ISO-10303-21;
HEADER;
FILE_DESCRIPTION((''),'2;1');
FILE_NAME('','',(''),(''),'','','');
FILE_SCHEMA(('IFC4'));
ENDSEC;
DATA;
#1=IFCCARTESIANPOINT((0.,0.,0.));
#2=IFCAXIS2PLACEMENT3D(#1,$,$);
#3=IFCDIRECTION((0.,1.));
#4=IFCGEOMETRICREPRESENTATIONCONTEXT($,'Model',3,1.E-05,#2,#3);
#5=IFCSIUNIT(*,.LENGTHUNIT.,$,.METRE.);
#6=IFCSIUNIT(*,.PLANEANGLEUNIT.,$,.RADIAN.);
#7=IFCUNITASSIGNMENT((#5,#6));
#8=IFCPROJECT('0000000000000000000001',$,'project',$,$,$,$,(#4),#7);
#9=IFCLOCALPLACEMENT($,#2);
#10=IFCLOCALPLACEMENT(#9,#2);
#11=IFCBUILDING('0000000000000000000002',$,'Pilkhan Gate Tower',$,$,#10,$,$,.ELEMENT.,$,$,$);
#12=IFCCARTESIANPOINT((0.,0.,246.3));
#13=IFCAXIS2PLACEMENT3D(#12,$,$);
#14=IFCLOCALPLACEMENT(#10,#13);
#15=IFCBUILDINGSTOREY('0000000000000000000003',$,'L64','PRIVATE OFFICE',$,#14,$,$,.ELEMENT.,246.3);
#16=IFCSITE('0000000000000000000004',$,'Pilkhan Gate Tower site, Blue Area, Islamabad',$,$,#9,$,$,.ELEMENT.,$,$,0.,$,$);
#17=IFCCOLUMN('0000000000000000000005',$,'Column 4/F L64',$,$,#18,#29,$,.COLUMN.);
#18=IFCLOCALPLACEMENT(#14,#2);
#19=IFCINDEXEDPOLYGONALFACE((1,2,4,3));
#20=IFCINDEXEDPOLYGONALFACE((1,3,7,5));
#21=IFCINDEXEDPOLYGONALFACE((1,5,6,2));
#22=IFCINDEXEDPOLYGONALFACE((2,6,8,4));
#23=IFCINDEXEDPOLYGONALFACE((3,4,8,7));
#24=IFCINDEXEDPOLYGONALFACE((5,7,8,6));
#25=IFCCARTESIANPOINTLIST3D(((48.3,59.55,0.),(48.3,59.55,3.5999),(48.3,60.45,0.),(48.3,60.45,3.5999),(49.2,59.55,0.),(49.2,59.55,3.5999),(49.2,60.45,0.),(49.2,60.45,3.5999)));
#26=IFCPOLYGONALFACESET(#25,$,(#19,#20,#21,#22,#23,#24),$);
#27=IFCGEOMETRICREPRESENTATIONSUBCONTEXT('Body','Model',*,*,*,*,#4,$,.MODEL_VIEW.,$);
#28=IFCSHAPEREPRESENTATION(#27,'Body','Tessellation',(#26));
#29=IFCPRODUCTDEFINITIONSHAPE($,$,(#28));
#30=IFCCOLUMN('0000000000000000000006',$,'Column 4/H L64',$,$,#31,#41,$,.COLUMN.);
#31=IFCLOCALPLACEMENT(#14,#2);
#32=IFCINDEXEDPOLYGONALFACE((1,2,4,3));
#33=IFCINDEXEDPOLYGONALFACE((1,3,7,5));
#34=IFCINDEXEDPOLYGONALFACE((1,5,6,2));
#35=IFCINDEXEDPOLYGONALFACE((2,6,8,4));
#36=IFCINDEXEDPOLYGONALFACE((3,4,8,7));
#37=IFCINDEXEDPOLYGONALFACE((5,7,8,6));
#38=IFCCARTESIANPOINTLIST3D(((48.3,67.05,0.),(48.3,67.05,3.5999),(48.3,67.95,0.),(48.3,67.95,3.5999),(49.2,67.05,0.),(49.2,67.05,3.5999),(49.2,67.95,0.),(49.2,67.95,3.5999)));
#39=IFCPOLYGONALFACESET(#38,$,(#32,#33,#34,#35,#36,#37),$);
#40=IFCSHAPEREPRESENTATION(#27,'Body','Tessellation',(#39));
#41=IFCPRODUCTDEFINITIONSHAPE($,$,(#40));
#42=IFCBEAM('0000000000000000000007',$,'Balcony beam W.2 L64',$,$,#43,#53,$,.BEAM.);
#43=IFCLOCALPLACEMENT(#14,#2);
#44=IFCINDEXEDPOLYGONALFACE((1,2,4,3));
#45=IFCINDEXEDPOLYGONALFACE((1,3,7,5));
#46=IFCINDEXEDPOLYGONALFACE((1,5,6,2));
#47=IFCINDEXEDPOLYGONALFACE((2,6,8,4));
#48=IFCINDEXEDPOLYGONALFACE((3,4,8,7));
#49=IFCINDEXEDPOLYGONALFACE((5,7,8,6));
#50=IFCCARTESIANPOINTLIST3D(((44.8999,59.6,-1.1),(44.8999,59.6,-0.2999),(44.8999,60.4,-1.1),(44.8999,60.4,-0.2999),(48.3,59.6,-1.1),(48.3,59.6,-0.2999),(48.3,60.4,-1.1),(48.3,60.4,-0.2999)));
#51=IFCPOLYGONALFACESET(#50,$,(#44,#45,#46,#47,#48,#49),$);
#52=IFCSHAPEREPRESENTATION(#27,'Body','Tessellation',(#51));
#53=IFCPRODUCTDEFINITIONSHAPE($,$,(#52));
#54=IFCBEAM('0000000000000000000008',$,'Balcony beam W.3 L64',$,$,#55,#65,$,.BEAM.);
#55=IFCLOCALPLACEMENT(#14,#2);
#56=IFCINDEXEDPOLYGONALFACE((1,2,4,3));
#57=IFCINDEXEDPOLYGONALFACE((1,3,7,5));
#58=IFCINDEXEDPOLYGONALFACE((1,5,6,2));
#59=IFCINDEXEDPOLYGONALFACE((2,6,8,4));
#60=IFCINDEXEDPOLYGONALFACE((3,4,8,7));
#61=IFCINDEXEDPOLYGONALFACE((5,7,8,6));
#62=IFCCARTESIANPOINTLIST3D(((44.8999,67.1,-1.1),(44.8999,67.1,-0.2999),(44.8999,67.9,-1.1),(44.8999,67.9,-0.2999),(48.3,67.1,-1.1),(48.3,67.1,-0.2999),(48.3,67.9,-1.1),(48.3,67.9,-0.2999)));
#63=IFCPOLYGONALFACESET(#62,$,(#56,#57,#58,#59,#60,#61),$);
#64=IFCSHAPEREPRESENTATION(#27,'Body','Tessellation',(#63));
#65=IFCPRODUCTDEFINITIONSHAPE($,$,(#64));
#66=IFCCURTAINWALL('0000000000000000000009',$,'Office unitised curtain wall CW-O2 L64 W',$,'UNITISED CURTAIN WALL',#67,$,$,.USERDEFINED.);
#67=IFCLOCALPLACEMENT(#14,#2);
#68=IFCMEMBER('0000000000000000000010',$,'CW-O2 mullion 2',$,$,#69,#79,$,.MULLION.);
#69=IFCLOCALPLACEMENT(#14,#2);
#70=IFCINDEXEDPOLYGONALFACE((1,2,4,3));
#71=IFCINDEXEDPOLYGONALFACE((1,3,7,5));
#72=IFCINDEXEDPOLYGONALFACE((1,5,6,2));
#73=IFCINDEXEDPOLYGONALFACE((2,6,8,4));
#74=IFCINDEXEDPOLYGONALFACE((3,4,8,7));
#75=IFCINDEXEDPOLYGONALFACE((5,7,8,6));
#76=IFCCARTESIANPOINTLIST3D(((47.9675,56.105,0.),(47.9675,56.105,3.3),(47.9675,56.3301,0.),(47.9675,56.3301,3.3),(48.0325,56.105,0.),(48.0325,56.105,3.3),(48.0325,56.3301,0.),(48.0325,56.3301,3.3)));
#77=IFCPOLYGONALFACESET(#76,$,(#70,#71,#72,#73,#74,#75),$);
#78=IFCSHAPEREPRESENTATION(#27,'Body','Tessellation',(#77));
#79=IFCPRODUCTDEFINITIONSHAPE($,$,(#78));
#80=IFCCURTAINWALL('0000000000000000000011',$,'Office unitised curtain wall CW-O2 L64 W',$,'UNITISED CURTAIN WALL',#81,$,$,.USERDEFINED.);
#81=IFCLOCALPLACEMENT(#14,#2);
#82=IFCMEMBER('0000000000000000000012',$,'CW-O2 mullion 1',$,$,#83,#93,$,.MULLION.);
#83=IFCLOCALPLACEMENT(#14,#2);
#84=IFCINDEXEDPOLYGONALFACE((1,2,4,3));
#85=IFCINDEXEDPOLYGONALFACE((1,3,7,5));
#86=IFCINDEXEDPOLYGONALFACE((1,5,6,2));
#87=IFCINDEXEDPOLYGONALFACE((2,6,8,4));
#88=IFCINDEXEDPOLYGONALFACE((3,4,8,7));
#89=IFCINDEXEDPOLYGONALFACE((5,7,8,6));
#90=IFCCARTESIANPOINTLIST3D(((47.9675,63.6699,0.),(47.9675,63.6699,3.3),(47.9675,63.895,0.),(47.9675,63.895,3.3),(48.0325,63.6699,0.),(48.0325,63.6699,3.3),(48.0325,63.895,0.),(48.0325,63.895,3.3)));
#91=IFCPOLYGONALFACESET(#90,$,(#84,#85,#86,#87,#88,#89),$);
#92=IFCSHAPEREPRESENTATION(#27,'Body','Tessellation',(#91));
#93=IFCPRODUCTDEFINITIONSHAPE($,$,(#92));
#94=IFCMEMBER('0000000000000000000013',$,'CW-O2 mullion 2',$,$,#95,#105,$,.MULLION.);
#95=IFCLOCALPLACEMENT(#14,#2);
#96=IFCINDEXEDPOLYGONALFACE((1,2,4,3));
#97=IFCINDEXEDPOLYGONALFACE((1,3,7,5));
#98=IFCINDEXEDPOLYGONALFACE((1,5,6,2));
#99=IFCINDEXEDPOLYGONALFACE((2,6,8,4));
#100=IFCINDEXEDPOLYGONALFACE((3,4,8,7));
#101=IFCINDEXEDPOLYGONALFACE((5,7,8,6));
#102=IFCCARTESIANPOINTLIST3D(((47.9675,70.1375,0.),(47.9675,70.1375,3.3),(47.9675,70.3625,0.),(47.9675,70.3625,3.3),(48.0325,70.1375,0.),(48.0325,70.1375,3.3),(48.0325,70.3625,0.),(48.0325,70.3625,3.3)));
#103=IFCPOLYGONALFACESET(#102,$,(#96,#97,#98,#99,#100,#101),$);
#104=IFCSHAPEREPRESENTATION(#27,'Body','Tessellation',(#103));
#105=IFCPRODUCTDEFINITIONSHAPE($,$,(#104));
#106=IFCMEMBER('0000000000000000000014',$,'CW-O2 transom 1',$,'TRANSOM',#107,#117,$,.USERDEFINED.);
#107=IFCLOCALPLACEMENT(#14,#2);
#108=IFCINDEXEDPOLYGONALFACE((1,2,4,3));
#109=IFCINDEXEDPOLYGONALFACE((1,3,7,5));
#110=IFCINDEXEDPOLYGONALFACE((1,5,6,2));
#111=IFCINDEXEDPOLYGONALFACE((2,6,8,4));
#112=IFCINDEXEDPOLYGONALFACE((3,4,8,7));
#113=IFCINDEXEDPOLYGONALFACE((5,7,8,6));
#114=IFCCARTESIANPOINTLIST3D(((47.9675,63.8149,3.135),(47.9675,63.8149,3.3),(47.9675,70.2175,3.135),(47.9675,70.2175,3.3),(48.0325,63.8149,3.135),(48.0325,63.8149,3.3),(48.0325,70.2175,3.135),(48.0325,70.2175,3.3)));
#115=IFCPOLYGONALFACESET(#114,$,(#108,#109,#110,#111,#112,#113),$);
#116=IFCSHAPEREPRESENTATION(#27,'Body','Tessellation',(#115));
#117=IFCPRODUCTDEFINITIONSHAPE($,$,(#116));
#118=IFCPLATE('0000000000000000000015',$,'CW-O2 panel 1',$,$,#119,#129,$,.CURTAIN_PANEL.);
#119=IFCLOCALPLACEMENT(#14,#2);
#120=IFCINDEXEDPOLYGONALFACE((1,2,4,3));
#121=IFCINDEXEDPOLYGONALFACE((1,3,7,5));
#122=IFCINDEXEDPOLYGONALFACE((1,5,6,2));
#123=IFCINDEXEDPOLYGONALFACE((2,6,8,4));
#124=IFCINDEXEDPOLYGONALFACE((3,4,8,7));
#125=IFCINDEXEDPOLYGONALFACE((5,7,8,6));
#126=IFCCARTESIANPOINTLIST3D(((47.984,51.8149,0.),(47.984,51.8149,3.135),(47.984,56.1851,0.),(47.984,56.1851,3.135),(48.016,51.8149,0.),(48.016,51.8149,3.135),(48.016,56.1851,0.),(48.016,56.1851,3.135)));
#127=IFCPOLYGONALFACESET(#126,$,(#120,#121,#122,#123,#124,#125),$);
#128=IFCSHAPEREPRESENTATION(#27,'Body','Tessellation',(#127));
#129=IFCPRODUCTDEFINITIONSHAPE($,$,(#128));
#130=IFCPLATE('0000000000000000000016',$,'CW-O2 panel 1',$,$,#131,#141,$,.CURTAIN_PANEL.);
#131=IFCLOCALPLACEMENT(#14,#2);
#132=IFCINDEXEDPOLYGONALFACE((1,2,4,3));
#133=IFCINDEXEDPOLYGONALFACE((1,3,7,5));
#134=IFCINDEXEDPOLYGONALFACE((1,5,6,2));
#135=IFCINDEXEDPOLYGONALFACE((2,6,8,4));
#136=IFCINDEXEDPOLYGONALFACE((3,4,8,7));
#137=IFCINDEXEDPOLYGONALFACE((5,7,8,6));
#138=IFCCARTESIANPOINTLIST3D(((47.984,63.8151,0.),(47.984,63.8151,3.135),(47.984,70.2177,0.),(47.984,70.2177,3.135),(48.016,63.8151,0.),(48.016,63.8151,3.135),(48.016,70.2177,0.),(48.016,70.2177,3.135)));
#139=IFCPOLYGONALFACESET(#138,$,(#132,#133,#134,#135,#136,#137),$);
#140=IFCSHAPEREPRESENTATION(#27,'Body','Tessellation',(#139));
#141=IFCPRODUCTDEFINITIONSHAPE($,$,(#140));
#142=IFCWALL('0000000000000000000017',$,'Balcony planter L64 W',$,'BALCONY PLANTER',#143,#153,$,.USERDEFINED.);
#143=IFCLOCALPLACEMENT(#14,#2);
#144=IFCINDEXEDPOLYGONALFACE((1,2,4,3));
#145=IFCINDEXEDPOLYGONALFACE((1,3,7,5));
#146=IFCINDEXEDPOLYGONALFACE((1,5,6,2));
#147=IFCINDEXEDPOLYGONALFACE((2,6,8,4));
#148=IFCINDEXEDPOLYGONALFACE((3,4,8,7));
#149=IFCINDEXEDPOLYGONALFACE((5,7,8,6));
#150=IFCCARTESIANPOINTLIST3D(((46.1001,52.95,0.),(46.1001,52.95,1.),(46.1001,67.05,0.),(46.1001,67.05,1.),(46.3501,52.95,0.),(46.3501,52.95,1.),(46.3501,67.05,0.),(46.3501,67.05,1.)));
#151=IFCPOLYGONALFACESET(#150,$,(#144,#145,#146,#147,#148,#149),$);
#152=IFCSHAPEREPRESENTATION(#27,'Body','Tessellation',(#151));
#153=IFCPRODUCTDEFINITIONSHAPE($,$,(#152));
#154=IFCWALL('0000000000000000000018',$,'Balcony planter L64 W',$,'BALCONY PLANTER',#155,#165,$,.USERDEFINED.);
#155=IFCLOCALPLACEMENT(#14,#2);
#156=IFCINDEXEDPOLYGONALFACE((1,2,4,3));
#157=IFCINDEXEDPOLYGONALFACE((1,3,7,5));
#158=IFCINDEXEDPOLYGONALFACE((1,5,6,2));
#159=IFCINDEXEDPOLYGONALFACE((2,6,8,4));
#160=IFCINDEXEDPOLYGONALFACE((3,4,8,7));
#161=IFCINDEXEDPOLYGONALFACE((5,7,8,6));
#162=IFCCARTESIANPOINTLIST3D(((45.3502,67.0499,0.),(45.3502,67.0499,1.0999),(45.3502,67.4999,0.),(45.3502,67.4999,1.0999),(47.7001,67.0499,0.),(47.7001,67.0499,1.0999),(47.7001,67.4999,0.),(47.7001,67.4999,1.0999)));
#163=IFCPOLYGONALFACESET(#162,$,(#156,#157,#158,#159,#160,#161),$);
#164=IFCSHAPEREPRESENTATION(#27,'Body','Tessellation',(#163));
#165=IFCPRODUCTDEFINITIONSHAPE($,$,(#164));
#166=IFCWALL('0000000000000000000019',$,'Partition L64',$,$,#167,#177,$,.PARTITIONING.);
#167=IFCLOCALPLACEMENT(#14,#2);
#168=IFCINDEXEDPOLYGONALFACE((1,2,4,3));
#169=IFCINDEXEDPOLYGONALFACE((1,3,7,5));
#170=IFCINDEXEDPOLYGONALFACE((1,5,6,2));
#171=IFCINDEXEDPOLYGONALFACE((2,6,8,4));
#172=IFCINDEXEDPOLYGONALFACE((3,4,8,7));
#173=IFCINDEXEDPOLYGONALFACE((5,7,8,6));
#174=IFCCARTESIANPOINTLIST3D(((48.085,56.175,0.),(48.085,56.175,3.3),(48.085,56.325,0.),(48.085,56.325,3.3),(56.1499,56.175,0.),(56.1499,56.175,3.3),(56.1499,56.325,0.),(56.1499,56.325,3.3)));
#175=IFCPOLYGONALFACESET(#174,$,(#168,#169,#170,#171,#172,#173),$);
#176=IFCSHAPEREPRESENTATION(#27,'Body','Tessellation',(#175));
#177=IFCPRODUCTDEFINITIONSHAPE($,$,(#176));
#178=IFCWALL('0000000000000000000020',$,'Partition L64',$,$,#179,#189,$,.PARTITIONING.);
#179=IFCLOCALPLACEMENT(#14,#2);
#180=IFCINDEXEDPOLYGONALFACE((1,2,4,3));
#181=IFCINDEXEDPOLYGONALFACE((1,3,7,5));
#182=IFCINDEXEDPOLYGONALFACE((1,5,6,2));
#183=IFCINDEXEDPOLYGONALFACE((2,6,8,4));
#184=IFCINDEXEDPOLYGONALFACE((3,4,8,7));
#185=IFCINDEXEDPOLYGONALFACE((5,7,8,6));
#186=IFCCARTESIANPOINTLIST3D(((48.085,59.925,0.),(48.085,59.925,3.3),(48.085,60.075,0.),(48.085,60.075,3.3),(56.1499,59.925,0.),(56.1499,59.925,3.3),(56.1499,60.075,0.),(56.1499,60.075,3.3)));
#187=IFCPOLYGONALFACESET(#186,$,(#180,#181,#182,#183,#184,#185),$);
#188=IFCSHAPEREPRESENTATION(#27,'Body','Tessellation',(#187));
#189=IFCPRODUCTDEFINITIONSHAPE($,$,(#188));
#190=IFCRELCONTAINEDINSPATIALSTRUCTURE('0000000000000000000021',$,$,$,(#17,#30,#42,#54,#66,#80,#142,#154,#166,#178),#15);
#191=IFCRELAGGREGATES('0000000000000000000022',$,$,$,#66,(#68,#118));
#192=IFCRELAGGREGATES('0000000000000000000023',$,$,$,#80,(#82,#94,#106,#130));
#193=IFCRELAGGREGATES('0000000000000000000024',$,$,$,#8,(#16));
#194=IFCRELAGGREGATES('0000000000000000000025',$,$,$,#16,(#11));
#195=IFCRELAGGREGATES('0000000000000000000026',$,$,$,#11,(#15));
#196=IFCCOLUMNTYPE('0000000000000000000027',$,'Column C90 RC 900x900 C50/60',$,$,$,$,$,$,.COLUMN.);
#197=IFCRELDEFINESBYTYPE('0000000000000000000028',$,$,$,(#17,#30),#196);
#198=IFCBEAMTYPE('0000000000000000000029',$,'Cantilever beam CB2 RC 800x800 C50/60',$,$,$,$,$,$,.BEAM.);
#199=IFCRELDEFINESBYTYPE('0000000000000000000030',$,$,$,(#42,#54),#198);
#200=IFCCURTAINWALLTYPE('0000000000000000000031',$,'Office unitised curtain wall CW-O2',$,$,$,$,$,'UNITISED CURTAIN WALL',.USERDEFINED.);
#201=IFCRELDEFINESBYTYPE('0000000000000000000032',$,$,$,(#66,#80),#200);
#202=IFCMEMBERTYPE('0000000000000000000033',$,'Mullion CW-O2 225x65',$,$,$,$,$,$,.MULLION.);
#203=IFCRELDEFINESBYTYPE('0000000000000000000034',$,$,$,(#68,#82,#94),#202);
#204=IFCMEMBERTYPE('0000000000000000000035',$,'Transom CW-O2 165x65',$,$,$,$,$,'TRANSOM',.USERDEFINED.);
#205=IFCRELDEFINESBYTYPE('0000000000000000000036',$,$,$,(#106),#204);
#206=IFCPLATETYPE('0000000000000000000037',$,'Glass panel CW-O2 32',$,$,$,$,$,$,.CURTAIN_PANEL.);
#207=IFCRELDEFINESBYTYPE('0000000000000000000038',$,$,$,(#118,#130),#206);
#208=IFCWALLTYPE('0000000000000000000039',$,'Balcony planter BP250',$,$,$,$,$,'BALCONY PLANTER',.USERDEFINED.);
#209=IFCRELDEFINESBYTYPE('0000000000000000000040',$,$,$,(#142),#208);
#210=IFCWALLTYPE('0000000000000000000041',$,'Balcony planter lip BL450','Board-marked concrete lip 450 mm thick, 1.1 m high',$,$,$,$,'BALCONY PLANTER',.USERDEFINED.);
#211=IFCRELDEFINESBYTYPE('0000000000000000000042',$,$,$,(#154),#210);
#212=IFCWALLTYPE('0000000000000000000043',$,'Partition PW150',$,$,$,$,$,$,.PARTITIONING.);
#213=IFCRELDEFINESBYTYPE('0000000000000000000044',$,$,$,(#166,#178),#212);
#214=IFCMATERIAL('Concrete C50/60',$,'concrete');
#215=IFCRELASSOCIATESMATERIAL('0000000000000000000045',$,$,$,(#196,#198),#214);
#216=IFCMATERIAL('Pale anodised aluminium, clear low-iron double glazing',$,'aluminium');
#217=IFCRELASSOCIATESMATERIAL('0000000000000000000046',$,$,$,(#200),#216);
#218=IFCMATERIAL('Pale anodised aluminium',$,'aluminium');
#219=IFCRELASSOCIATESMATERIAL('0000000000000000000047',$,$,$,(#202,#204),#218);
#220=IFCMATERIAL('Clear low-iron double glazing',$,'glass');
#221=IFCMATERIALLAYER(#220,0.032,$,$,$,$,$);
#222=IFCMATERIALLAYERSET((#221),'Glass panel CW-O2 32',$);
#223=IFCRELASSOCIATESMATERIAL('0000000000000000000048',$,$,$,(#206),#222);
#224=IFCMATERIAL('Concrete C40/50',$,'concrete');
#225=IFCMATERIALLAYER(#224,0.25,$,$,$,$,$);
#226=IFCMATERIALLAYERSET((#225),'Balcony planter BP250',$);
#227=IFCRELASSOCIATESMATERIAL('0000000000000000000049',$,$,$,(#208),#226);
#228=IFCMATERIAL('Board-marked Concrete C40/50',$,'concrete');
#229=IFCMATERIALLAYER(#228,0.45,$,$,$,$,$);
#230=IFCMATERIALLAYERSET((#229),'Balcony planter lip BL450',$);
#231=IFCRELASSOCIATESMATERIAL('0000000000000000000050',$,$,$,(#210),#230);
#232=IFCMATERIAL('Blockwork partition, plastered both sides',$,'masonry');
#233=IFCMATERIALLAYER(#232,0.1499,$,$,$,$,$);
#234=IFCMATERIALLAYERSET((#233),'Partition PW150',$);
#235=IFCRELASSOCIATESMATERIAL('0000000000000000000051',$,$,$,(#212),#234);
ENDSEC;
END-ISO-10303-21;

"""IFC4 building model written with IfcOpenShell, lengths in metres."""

from ifc_helpers import new_model, si_unit, direction, frame, frame_2d, origin, origin_2d, place, context, subcontext, project, spatial, rectangle, extrude, material, layer, layer_set, material_profile, profile_set, type_object, element, aggregate, save


model = new_model("IFC4")

# Units and contexts
model_context = context("Model", 3, precision=1e-05, world=origin(), true_north=direction((0.0, 1.0)))
body_context = subcontext(model_context, "Body", "Model", "MODEL_VIEW")
ifc_project = project(units=[si_unit("LENGTHUNIT", "METRE"), si_unit("PLANEANGLEUNIT", "RADIAN")], contexts=[model_context])

# Site, building, storey
site_placement = place(None, origin())
site = spatial("IfcSite", under=ifc_project, at=site_placement, Name="Pilkhan Gate Tower site, Blue Area, Islamabad", CompositionType="ELEMENT", RefElevation=0.0)
building_placement = place(site_placement, origin())
building = spatial("IfcBuilding", under=site, at=building_placement, Name="Pilkhan Gate Tower", CompositionType="ELEMENT")
storey_placement = place(building_placement, frame((0.0, 0.0, 246.3)))
storey = spatial("IfcBuildingStorey", under=building, at=storey_placement, Name="L64", Description="PRIVATE OFFICE", CompositionType="ELEMENT", Elevation=246.3)

# Columns
ifc_material_1 = material(Name="Concrete C50/60", Category="concrete")
ifc_material_profile_1 = material_profile(ifc_material_1, rectangle(XDim=0.8999, YDim=0.8999, at=origin_2d()), Name="RC 900x900")
ifc_profile_set_1 = profile_set([ifc_material_profile_1], Name="Concrete C50/60")
column_type = type_object("IfcColumnType", Name="Column C90 RC 900x900 C50/60", PredefinedType="COLUMN", material=ifc_profile_set_1)
for number, where, z_axis, x_axis, name in (
    (1, (48.75, 60.0, 0.0), (0.0, 0.0, 1.0), (1.0, 0.0, 0.0), "Column 4/F L64"),
    (2, (48.75, 67.5, 0.0), (0.0, 0.0, 1.0), (1.0, 0.0, 0.0), "Column 4/H L64"),
):
    element("IfcColumn", number, at=place(storey_placement, frame(where, z_axis=z_axis, x_axis=x_axis)), inside=storey, type_object=column_type, Name=name, PredefinedType="COLUMN", context=body_context, shape_type="SweptSolid", body=[
        extrude(rectangle(XDim=0.8999, YDim=0.8999, at=origin_2d()), origin(), (0.0, 0.0, 1.0), 3.5999),
    ])

# Beams
ifc_material_profile_2 = material_profile(ifc_material_1, rectangle(XDim=0.8, YDim=0.8, at=origin_2d()), Name="RC 800x800")
ifc_profile_set_2 = profile_set([ifc_material_profile_2], Name="Concrete C50/60")
beam_type = type_object("IfcBeamType", Name="Cantilever beam CB2 RC 800x800 C50/60", PredefinedType="BEAM", material=ifc_profile_set_2)
for number, where, z_axis, x_axis, name in (
    (3, (48.3, 60.0, -0.7), (-1.0, 0.0, 0.0), (0.0, -1.0, 0.0), "Balcony beam W.2 L64"),
    (4, (48.3, 67.5, -0.7), (-1.0, 0.0, 0.0), (0.0, -1.0, 0.0), "Balcony beam W.3 L64"),
):
    element("IfcBeam", number, at=place(storey_placement, frame(where, z_axis=z_axis, x_axis=x_axis)), inside=storey, type_object=beam_type, Name=name, PredefinedType="BEAM", context=body_context, shape_type="SweptSolid", body=[
        extrude(rectangle(XDim=0.8, YDim=0.8, at=origin_2d()), origin(), (0.0, 0.0, 1.0), 3.4001),
    ])

# Curtain wall, member
ifc_material_2 = material(Name="Pale anodised aluminium, clear low-iron double glazing", Category="aluminium")
curtain_wall_type = type_object("IfcCurtainWallType", Name="Office unitised curtain wall CW-O2", ElementType="UNITISED CURTAIN WALL", PredefinedType="USERDEFINED", material=ifc_material_2)
curtain_wall_1_placement = place(storey_placement, origin())
curtain_wall_1 = element("IfcCurtainWall", 5, at=curtain_wall_1_placement, inside=storey, type_object=curtain_wall_type, Name="Office unitised curtain wall CW-O2 L64 W", ObjectType="UNITISED CURTAIN WALL", PredefinedType="USERDEFINED")
ifc_material_3 = material(Name="Pale anodised aluminium", Category="aluminium")
ifc_material_profile_3 = material_profile(ifc_material_3, rectangle(XDim=0.0649, YDim=0.2251, at=origin_2d()), Name="Mullion 225x65")
ifc_profile_set_3 = profile_set([ifc_material_profile_3], Name="Pale anodised aluminium")
member_type_1 = type_object("IfcMemberType", Name="Mullion CW-O2 225x65", PredefinedType="MULLION", material=ifc_profile_set_3)
member_1_placement = place(storey_placement, frame((48.0, 56.2175, 0.0), z_axis=(0.0, 0.0, 1.0), x_axis=(-1.0, 0.0, 0.0)))
member_1 = element("IfcMember", 6, at=member_1_placement, type_object=member_type_1, Name="CW-O2 mullion 2", PredefinedType="MULLION", context=body_context, shape_type="SweptSolid", body=[
    extrude(rectangle(XDim=0.0649, YDim=0.2251, at=origin_2d()), origin(), (0.0, 0.0, 1.0), 3.3),
])

# Curtain wall, members
curtain_wall_2_placement = place(storey_placement, origin())
curtain_wall_2 = element("IfcCurtainWall", 7, at=curtain_wall_2_placement, inside=storey, type_object=curtain_wall_type, Name="Office unitised curtain wall CW-O2 L64 W", ObjectType="UNITISED CURTAIN WALL", PredefinedType="USERDEFINED")
member_2_placement = place(storey_placement, frame((48.0, 63.7825, 0.0), z_axis=(0.0, 0.0, 1.0), x_axis=(-1.0, 0.0, 0.0)))
member_2 = element("IfcMember", 8, at=member_2_placement, type_object=member_type_1, Name="CW-O2 mullion 1", PredefinedType="MULLION", context=body_context, shape_type="SweptSolid", body=[
    extrude(rectangle(XDim=0.0649, YDim=0.2251, at=origin_2d()), origin(), (0.0, 0.0, 1.0), 3.3),
])
member_3_placement = place(storey_placement, frame((48.0, 70.25, 0.0), z_axis=(0.0, 0.0, 1.0), x_axis=(-1.0, 0.0, 0.0)))
member_3 = element("IfcMember", 9, at=member_3_placement, type_object=member_type_1, Name="CW-O2 mullion 2", PredefinedType="MULLION", context=body_context, shape_type="SweptSolid", body=[
    extrude(rectangle(XDim=0.0649, YDim=0.2251, at=origin_2d()), origin(), (0.0, 0.0, 1.0), 3.3),
])
ifc_material_profile_4 = material_profile(ifc_material_3, rectangle(XDim=0.0649, YDim=0.165, at=origin_2d()), Name="Transom 165x65")
ifc_profile_set_4 = profile_set([ifc_material_profile_4], Name="Pale anodised aluminium")
member_type_2 = type_object("IfcMemberType", Name="Transom CW-O2 165x65", ElementType="TRANSOM", PredefinedType="USERDEFINED", material=ifc_profile_set_4)
member_4_placement = place(storey_placement, frame((48.0, 63.8149, 3.2175), z_axis=(0.0, 1.0, 0.0), x_axis=(-1.0, 0.0, 0.0)))
member_4 = element("IfcMember", 10, at=member_4_placement, type_object=member_type_2, Name="CW-O2 transom 1", ObjectType="TRANSOM", PredefinedType="USERDEFINED", context=body_context, shape_type="SweptSolid", body=[
    extrude(rectangle(XDim=0.0649, YDim=0.165, at=origin_2d()), origin(), (0.0, 0.0, 1.0), 6.4026),
])

# Plates
ifc_material_4 = material(Name="Clear low-iron double glazing", Category="glass")
ifc_layer_1 = layer(ifc_material_4, 0.032)
ifc_layer_set_1 = layer_set([ifc_layer_1], Name="Glass panel CW-O2 32")
plate_type = type_object("IfcPlateType", Name="Glass panel CW-O2 32", PredefinedType="CURTAIN_PANEL", material=ifc_layer_set_1)
plate_1_placement = place(storey_placement, frame((48.0, 54.0, 0.0), z_axis=(0.0, 0.0, 1.0), x_axis=(0.0, 1.0, 0.0)))
plate_1 = element("IfcPlate", 11, at=plate_1_placement, type_object=plate_type, Name="CW-O2 panel 1", PredefinedType="CURTAIN_PANEL", context=body_context, shape_type="SweptSolid", body=[
    extrude(rectangle(XDim=4.3701, YDim=0.032, at=origin_2d()), origin(), (0.0, 0.0, 1.0), 3.135),
])
aggregate(curtain_wall_1, [member_1, plate_1])
plate_2_placement = place(storey_placement, frame((48.0, 67.0164, 0.0), z_axis=(0.0, 0.0, 1.0), x_axis=(0.0, 1.0, 0.0)))
plate_2 = element("IfcPlate", 12, at=plate_2_placement, type_object=plate_type, Name="CW-O2 panel 1", PredefinedType="CURTAIN_PANEL", context=body_context, shape_type="SweptSolid", body=[
    extrude(rectangle(XDim=6.4026, YDim=0.032, at=origin_2d()), origin(), (0.0, 0.0, 1.0), 3.135),
])
aggregate(curtain_wall_2, [member_2, member_3, member_4, plate_2])

# Walls
ifc_material_5 = material(Name="Concrete C40/50", Category="concrete")
ifc_layer_2 = layer(ifc_material_5, 0.25)
ifc_layer_set_2 = layer_set([ifc_layer_2], Name="Balcony planter BP250")
wall_type_1 = type_object("IfcWallType", Name="Balcony planter BP250", ElementType="BALCONY PLANTER", PredefinedType="USERDEFINED", material=ifc_layer_set_2)
wall_1_placement = place(storey_placement, frame((46.2251, 52.95, 0.0), z_axis=(0.0, 0.0, 1.0), x_axis=(0.0, 1.0, 0.0)))
element("IfcWall", 13, at=wall_1_placement, inside=storey, type_object=wall_type_1, Name="Balcony planter L64 W", ObjectType="BALCONY PLANTER", PredefinedType="USERDEFINED", context=body_context, shape_type="SweptSolid", body=[
    extrude(rectangle(XDim=14.1001, YDim=0.25, at=frame_2d((7.05, 0.0))), origin(), (0.0, 0.0, 1.0), 1.0),
])
ifc_material_6 = material(Name="Board-marked Concrete C40/50", Category="concrete")
ifc_layer_3 = layer(ifc_material_6, 0.45)
ifc_layer_set_3 = layer_set([ifc_layer_3], Name="Balcony planter lip BL450")
wall_type_2 = type_object("IfcWallType", Name="Balcony planter lip BL450", Description="Board-marked concrete lip 450 mm thick, 1.1 m high", ElementType="BALCONY PLANTER", PredefinedType="USERDEFINED", material=ifc_layer_set_3)
wall_2_placement = place(storey_placement, frame((47.7, 67.2749, 0.0), z_axis=(0.0, 0.0, 1.0), x_axis=(-1.0, 0.0, 0.0)))
element("IfcWall", 14, at=wall_2_placement, inside=storey, type_object=wall_type_2, Name="Balcony planter L64 W", ObjectType="BALCONY PLANTER", PredefinedType="USERDEFINED", context=body_context, shape_type="SweptSolid", body=[
    extrude(rectangle(XDim=2.3499, YDim=0.45, at=frame_2d((1.1748, 0.0))), origin(), (0.0, 0.0, 1.0), 1.0999),
])

# Walls
ifc_material_7 = material(Name="Blockwork partition, plastered both sides", Category="masonry")
ifc_layer_4 = layer(ifc_material_7, 0.1499)
ifc_layer_set_4 = layer_set([ifc_layer_4], Name="Partition PW150")
wall_type_3 = type_object("IfcWallType", Name="Partition PW150", PredefinedType="PARTITIONING", material=ifc_layer_set_4)
for number, where, z_axis, x_axis, name in (
    (15, (48.085, 56.25, 0.0), (0.0, 0.0, 1.0), (1.0, 0.0, 0.0), "Partition L64"),
    (16, (48.085, 60.0, 0.0), (0.0, 0.0, 1.0), (1.0, 0.0, 0.0), "Partition L64"),
):
    element("IfcWall", number, at=place(storey_placement, frame(where, z_axis=z_axis, x_axis=x_axis)), inside=storey, type_object=wall_type_3, Name=name, PredefinedType="PARTITIONING", context=body_context, shape_type="SweptSolid", body=[
        extrude(rectangle(XDim=8.0649, YDim=0.1499, at=frame_2d((4.0325, 0.0))), origin(), (0.0, 0.0, 1.0), 3.3),
    ])

save(model, "model.ifc")
